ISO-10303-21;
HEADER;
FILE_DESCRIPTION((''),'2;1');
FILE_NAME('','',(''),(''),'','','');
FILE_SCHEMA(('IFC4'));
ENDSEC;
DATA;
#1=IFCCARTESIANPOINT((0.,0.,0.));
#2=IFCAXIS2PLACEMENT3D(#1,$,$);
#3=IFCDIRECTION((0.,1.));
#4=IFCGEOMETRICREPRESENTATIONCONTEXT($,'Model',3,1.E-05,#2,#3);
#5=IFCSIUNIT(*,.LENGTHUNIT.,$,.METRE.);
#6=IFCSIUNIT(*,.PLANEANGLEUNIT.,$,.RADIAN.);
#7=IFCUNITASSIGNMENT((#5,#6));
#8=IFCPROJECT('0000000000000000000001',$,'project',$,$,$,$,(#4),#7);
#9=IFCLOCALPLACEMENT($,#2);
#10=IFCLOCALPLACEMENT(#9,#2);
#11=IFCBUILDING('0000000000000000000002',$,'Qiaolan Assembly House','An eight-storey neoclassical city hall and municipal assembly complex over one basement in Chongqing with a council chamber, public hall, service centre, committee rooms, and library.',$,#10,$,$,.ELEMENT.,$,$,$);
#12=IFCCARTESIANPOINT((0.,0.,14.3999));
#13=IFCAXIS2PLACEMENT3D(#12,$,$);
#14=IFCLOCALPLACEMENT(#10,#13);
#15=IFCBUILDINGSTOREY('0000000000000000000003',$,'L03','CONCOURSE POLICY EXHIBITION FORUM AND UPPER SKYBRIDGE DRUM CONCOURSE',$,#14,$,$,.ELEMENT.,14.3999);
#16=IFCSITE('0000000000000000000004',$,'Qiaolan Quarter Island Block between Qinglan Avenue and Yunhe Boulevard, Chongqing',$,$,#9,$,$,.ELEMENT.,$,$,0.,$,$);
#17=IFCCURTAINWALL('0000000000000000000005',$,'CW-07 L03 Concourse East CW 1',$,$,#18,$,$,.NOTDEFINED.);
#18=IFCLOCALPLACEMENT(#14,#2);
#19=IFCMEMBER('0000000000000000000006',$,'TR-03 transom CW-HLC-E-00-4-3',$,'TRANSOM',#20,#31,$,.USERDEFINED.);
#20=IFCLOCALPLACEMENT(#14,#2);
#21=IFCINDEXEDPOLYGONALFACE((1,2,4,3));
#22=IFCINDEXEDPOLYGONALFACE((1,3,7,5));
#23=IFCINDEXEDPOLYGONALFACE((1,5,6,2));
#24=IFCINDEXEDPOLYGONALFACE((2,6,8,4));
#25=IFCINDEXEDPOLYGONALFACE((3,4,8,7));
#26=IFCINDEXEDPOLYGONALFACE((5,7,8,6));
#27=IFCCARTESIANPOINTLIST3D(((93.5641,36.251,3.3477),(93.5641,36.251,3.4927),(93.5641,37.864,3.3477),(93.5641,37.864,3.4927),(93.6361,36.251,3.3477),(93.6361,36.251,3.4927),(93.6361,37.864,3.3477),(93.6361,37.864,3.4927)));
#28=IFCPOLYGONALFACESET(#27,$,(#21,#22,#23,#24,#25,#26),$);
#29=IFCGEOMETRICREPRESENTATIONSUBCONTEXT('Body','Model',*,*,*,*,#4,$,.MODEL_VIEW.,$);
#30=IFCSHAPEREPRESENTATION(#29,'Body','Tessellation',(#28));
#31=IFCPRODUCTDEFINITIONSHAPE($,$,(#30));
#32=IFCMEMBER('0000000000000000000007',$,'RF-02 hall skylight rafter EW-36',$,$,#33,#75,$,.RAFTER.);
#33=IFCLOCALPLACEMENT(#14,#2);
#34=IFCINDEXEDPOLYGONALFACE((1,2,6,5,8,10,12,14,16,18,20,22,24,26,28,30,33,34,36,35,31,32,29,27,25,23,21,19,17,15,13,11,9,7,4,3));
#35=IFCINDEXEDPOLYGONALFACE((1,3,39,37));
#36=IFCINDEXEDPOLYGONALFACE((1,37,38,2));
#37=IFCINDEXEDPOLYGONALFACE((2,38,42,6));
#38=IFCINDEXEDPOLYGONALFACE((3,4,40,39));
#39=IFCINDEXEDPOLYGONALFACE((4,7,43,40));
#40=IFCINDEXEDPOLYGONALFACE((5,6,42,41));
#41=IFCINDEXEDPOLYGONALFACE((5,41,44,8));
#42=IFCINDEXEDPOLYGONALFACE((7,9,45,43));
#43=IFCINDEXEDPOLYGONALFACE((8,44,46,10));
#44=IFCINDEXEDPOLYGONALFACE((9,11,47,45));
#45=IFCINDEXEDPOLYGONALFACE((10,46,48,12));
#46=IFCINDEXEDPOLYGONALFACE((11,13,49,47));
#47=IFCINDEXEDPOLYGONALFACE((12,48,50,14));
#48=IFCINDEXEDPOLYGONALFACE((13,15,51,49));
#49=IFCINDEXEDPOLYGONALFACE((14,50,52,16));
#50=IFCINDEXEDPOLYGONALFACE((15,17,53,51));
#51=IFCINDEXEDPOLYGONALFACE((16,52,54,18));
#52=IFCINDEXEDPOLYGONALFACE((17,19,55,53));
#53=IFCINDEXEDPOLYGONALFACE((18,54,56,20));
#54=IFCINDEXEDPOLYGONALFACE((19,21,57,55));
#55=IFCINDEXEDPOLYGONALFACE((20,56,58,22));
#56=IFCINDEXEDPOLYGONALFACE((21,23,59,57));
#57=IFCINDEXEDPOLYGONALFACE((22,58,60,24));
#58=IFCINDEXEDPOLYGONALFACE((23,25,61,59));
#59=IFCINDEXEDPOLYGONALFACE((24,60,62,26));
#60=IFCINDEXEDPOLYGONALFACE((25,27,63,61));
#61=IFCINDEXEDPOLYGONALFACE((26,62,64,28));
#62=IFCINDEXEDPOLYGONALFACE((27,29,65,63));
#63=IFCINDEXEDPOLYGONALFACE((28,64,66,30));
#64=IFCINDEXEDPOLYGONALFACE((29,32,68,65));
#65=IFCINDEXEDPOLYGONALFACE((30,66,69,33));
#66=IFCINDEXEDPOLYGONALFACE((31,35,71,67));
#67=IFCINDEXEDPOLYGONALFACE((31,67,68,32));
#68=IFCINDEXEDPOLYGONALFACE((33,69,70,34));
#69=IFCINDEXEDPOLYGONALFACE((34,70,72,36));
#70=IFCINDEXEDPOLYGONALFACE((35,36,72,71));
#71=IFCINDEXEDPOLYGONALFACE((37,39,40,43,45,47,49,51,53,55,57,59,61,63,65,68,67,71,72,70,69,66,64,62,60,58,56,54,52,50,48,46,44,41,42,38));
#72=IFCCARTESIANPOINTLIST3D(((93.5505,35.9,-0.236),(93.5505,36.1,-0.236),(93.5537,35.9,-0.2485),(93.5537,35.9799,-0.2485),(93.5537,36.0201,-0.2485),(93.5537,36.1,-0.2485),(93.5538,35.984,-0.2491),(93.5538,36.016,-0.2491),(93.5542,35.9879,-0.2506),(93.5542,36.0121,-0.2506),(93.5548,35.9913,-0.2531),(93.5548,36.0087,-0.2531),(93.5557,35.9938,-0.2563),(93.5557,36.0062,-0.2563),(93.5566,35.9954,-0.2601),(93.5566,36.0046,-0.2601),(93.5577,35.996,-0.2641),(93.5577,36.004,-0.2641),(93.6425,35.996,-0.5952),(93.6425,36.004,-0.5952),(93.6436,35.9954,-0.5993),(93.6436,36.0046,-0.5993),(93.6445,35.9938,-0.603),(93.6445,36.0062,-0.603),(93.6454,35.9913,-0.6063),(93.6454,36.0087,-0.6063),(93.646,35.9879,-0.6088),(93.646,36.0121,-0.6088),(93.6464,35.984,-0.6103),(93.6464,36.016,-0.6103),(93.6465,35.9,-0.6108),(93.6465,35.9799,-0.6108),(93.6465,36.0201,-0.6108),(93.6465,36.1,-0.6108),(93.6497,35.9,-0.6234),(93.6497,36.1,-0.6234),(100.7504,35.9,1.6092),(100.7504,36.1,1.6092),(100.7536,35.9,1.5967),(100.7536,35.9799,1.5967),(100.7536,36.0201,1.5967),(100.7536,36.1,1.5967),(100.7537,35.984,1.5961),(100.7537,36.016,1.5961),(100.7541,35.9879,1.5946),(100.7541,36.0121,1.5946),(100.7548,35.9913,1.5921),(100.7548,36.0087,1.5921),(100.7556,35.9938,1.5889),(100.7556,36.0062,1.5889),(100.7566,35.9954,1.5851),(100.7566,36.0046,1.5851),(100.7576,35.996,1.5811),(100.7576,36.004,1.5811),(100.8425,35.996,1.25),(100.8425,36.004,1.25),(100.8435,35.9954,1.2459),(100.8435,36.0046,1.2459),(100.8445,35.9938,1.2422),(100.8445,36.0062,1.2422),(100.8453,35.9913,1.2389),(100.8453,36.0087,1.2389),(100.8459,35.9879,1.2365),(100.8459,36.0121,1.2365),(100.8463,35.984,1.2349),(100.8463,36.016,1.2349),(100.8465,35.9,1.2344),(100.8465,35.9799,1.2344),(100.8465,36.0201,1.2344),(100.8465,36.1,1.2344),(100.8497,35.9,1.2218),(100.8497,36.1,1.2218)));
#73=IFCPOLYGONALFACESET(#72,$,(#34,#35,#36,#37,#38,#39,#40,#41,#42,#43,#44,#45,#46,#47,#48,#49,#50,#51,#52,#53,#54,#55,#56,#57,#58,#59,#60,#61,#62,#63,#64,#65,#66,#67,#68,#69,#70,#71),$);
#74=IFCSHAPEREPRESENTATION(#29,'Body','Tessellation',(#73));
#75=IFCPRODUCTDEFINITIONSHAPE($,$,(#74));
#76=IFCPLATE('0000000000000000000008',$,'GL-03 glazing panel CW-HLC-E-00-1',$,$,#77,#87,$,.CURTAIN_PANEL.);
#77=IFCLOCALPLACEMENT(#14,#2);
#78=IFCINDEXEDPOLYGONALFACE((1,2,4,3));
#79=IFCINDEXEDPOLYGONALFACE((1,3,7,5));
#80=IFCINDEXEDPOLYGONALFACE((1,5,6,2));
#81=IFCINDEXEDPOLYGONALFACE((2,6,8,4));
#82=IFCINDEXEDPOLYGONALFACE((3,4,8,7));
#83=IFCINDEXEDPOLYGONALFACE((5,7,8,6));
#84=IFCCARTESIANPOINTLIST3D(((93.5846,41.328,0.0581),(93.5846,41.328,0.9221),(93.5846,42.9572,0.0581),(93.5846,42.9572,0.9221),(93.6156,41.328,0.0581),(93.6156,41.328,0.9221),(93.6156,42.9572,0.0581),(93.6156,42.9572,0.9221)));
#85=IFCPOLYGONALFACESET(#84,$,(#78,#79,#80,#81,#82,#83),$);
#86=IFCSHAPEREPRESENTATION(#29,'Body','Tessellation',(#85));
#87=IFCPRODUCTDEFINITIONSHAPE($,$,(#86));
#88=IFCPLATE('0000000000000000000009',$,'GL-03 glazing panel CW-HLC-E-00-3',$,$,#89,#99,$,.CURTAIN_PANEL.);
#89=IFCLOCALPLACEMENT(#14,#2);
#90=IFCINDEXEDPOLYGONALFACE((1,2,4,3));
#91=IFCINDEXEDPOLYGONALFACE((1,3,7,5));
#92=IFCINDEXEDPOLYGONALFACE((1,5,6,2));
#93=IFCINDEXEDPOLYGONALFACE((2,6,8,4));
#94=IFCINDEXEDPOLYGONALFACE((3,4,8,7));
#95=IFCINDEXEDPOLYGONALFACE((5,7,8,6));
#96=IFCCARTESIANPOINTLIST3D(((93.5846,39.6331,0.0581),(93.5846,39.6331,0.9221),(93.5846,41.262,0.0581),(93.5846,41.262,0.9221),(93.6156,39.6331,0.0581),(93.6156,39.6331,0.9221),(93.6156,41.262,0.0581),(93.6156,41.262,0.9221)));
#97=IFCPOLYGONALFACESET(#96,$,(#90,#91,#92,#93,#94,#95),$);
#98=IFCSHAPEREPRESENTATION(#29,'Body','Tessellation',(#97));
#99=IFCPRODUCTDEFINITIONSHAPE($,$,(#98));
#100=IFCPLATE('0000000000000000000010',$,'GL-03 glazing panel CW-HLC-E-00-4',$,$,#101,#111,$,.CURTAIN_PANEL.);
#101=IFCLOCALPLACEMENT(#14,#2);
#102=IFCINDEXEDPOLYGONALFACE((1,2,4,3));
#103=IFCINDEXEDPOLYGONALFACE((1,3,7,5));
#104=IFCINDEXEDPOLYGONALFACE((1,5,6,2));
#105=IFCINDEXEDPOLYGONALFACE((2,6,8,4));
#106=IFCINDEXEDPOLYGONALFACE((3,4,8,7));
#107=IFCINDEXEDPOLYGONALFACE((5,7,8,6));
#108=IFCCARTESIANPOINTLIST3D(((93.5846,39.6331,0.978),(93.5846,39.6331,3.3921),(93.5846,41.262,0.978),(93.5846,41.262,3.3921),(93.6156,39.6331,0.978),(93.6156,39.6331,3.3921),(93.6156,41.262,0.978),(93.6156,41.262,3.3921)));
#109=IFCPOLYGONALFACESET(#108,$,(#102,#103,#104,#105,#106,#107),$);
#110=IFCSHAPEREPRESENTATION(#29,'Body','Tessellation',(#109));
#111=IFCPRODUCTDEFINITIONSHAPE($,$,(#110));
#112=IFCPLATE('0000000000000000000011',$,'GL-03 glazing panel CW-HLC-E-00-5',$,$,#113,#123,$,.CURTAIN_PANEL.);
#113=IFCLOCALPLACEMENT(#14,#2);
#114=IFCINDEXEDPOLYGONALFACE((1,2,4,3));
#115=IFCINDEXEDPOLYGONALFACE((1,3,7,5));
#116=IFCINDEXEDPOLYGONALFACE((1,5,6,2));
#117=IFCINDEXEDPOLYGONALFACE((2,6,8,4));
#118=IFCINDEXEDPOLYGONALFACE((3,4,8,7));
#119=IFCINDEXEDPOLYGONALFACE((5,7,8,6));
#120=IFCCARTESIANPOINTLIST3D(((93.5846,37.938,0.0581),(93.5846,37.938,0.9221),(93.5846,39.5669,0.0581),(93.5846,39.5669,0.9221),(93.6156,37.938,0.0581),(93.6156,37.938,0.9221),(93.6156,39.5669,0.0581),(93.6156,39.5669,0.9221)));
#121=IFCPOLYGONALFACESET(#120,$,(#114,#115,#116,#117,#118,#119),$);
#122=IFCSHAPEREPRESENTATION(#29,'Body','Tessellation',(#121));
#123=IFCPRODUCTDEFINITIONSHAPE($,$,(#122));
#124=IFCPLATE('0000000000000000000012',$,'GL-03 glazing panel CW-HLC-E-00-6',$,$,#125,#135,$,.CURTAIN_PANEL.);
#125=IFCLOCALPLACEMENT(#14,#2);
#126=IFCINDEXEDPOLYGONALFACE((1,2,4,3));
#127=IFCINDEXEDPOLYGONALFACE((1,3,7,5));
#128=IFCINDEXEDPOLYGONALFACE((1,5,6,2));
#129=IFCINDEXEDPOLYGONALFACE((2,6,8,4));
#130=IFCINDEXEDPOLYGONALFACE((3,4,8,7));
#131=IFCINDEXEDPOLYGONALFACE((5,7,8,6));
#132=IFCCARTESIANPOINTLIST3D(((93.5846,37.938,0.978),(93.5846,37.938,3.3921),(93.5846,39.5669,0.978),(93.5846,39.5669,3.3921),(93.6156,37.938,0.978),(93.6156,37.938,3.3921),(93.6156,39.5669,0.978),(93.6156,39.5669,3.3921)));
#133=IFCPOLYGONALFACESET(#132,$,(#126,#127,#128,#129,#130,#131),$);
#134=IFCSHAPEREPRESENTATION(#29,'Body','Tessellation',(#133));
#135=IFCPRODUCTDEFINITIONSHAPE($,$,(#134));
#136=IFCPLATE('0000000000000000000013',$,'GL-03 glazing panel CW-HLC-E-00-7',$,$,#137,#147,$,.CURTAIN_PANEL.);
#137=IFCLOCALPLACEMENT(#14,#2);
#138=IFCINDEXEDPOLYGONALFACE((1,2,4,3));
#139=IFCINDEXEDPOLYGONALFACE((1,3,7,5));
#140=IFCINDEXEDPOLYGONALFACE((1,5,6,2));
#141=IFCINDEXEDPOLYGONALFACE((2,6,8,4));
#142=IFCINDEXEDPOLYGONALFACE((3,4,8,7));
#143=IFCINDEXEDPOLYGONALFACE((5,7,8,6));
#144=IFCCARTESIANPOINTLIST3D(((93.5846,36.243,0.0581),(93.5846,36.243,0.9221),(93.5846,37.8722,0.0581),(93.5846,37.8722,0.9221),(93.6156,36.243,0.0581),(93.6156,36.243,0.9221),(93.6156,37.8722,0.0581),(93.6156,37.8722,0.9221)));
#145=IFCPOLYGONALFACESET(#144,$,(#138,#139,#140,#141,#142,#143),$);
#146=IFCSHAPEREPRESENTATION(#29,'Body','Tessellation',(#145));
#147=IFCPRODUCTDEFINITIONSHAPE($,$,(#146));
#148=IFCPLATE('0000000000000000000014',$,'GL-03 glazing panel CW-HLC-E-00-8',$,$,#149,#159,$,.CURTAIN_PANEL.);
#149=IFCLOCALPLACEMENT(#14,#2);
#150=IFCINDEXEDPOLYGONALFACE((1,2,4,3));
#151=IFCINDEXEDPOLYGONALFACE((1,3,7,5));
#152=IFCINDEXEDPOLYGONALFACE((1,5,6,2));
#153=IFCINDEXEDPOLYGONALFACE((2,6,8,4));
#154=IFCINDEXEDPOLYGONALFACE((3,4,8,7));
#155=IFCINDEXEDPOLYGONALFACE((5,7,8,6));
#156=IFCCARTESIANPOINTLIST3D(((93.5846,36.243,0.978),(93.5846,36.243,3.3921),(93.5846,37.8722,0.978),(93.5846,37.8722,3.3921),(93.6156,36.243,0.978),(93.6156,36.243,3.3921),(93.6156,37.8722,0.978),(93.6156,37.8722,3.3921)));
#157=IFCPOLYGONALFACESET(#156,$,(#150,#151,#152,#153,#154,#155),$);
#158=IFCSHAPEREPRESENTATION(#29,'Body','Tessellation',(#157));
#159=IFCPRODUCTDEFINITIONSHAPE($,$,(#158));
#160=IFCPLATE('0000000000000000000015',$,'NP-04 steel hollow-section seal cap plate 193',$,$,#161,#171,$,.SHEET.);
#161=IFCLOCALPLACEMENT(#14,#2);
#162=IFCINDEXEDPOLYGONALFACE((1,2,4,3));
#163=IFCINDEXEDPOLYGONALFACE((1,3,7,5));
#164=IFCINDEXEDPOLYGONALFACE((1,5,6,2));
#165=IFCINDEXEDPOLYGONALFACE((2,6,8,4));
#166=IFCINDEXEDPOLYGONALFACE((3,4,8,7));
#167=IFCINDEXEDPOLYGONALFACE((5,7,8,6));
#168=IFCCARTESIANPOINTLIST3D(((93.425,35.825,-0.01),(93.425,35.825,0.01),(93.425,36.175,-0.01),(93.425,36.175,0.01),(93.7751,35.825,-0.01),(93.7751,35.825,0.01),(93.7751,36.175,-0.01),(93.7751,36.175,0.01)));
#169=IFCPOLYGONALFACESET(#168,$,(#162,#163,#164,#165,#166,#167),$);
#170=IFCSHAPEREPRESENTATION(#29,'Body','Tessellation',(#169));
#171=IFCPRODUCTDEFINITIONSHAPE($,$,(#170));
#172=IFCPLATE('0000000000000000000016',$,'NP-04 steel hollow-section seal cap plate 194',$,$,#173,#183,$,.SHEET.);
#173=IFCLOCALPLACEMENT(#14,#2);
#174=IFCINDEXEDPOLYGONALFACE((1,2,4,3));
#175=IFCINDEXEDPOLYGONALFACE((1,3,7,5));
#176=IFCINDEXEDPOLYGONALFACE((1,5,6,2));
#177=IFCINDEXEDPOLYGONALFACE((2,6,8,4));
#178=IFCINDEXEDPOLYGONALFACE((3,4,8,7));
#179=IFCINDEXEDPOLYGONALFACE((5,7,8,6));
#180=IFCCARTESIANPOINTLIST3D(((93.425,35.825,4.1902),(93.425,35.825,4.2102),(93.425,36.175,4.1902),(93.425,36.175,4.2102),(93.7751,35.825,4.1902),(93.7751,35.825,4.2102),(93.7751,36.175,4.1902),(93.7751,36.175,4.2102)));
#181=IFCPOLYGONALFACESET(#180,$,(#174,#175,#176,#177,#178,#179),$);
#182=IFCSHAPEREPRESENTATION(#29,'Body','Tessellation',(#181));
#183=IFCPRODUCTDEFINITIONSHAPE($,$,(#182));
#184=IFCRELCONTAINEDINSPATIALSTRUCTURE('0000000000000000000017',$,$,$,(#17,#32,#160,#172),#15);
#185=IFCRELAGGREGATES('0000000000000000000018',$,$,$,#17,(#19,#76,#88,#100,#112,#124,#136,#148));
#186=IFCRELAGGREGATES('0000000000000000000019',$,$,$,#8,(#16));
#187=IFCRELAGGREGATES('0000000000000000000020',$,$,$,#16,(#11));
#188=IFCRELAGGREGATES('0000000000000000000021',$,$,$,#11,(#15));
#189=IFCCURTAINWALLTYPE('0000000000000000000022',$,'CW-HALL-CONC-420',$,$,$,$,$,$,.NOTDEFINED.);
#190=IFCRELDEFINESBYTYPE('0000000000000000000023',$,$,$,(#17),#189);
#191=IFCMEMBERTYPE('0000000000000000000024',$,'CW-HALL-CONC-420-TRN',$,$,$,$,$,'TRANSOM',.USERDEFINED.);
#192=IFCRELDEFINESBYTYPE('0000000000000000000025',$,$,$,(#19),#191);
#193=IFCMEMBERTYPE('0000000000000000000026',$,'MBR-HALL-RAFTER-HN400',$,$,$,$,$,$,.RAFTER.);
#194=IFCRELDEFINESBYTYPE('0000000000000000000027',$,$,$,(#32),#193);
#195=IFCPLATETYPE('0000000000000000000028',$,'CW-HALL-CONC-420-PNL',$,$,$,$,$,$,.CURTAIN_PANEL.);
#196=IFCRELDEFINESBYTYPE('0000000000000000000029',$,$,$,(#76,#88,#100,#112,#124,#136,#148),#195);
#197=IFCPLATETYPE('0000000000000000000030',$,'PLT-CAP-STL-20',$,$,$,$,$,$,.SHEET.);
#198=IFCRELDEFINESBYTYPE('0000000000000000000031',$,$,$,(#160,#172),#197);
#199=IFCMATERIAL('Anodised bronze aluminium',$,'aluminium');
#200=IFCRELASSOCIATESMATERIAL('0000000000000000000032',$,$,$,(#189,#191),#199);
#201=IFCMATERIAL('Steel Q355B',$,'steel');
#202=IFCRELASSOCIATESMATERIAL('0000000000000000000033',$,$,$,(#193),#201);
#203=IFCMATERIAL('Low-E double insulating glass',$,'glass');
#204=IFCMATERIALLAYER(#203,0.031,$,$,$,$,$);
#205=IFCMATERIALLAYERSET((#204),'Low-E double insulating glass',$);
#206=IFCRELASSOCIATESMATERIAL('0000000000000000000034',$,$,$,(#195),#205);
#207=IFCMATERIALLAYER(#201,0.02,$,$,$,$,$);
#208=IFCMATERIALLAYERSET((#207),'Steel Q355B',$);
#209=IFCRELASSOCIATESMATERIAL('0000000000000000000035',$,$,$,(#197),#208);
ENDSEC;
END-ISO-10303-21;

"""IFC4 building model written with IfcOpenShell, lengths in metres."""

from ifc_helpers import new_model, si_unit, direction, frame, frame_2d, origin, origin_2d, place, context, subcontext, project, spatial, rectangle, i_section, extrude, material, layer, layer_set, material_profile, profile_set, type_object, element, aggregate, save


model = new_model("IFC4")

# Units and contexts
model_context = context("Model", 3, precision=1e-05, world=origin(), true_north=direction((0.0, 1.0)))
body_context = subcontext(model_context, "Body", "Model", "MODEL_VIEW")
ifc_project = project(units=[si_unit("LENGTHUNIT", "METRE"), si_unit("PLANEANGLEUNIT", "RADIAN")], contexts=[model_context])

# Site, building, storey
site_placement = place(None, origin())
site = spatial("IfcSite", under=ifc_project, at=site_placement, Name="Qiaolan Quarter Island Block between Qinglan Avenue and Yunhe Boulevard, Chongqing", CompositionType="ELEMENT", RefElevation=0.0)
building_placement = place(site_placement, origin())
building = spatial("IfcBuilding", under=site, at=building_placement, Name="Qiaolan Assembly House", Description="An eight-storey neoclassical city hall and municipal assembly complex over one basement in Chongqing with a council chamber, public hall, service centre, committee rooms, and library.", CompositionType="ELEMENT")
storey_placement = place(building_placement, frame((0.0, 0.0, 14.3999)))
storey = spatial("IfcBuildingStorey", under=building, at=storey_placement, Name="L03", Description="CONCOURSE POLICY EXHIBITION FORUM AND UPPER SKYBRIDGE DRUM CONCOURSE", CompositionType="ELEMENT", Elevation=14.3999)

# Shared definitions
ifc_material_1 = material(Name="Steel Q355B", Category="steel")

# Shared definitions
ifc_material_2 = material(Name="Anodised bronze aluminium", Category="aluminium")
curtain_wall_type = type_object("IfcCurtainWallType", Name="CW-HALL-CONC-420", PredefinedType="NOTDEFINED", material=ifc_material_2)

# Curtain wall
curtain_wall_1_placement = place(storey_placement, origin())
curtain_wall_1 = element("IfcCurtainWall", 1, at=curtain_wall_1_placement, inside=storey, type_object=curtain_wall_type, Name="CW-07 L03 Concourse East CW 1", PredefinedType="NOTDEFINED")

# Members
ifc_material_profile_1 = material_profile(ifc_material_2, rectangle(XDim=0.072, YDim=0.145, at=origin_2d()), Name="TRN 72x145")
ifc_profile_set_1 = profile_set([ifc_material_profile_1], Name="Anodised bronze aluminium")
member_type_1 = type_object("IfcMemberType", Name="CW-HALL-CONC-420-TRN", ElementType="TRANSOM", PredefinedType="USERDEFINED", material=ifc_profile_set_1)
member_1_placement = place(storey_placement, frame((93.6001, 37.864, 3.4202), z_axis=(0.0, -1.0, 0.0), x_axis=(1.0, 0.0, 0.0)))
member_1 = element("IfcMember", 2, at=member_1_placement, type_object=member_type_1, Name="TR-03 transom CW-HLC-E-00-4-3", ObjectType="TRANSOM", PredefinedType="USERDEFINED", context=body_context, shape_type="SweptSolid", body=[
    extrude(rectangle(XDim=0.072, YDim=0.145, at=origin_2d()), origin(), (0.0, 0.0, 1.0), 1.613),
])
ifc_material_profile_2 = material_profile(ifc_material_1, i_section(OverallWidth=0.2, OverallDepth=0.3999, WebThickness=0.0081, FlangeThickness=0.0129, FilletRadius=0.0161, at=origin_2d()), Name="HN 400x200x8x13-RF")
ifc_profile_set_2 = profile_set([ifc_material_profile_2], Name="Steel Q355B")
member_type_2 = type_object("IfcMemberType", Name="MBR-HALL-RAFTER-HN400", PredefinedType="RAFTER", material=ifc_profile_set_2)
member_2_placement = place(storey_placement, frame((93.6001, 36.0, -0.4297), z_axis=(0.968694, 0.0, 0.248258), x_axis=(0.0, 1.0, 0.0)))
element("IfcMember", 3, at=member_2_placement, inside=storey, type_object=member_type_2, Name="RF-02 hall skylight rafter EW-36", PredefinedType="RAFTER", context=body_context, shape_type="SweptSolid", body=[
    extrude(i_section(OverallWidth=0.2, OverallDepth=0.3999, WebThickness=0.0081, FlangeThickness=0.0129, FilletRadius=0.0161, at=origin_2d()), origin(), (0.0, 0.0, 1.0), 7.4326),
])

# Plates
ifc_material_3 = material(Name="Low-E double insulating glass", Category="glass")
ifc_layer_1 = layer(ifc_material_3, 0.031)
ifc_layer_set_1 = layer_set([ifc_layer_1], Name="Low-E double insulating glass")
plate_type_1 = type_object("IfcPlateType", Name="CW-HALL-CONC-420-PNL", PredefinedType="CURTAIN_PANEL", material=ifc_layer_set_1)
plate_1_placement = place(storey_placement, frame((93.6001, 42.957, 0.0581), z_axis=(0.0, 0.0, 1.0), x_axis=(0.0, -1.0, 0.0)))
plate_1 = element("IfcPlate", 4, at=plate_1_placement, type_object=plate_type_1, Name="GL-03 glazing panel CW-HLC-E-00-1", PredefinedType="CURTAIN_PANEL", context=body_context, shape_type="SweptSolid", body=[
    extrude(rectangle(XDim=1.6292, YDim=0.031, at=frame_2d((0.8145, 0.0))), origin(), (0.0, 0.0, 1.0), 0.864),
])
plate_2_placement = place(storey_placement, frame((93.6001, 41.262, 0.0581), z_axis=(0.0, 0.0, 1.0), x_axis=(0.0, -1.0, 0.0)))
plate_2 = element("IfcPlate", 5, at=plate_2_placement, type_object=plate_type_1, Name="GL-03 glazing panel CW-HLC-E-00-3", PredefinedType="CURTAIN_PANEL", context=body_context, shape_type="SweptSolid", body=[
    extrude(rectangle(XDim=1.6289, YDim=0.031, at=frame_2d((0.8145, 0.0))), origin(), (0.0, 0.0, 1.0), 0.864),
])
plate_3_placement = place(storey_placement, frame((93.6001, 41.262, 0.978), z_axis=(0.0, 0.0, 1.0), x_axis=(0.0, -1.0, 0.0)))
plate_3 = element("IfcPlate", 6, at=plate_3_placement, type_object=plate_type_1, Name="GL-03 glazing panel CW-HLC-E-00-4", PredefinedType="CURTAIN_PANEL", context=body_context, shape_type="SweptSolid", body=[
    extrude(rectangle(XDim=1.6289, YDim=0.031, at=frame_2d((0.8145, 0.0))), origin(), (0.0, 0.0, 1.0), 2.4141),
])
plate_4_placement = place(storey_placement, frame((93.6001, 39.5669, 0.0581), z_axis=(0.0, 0.0, 1.0), x_axis=(0.0, -1.0, 0.0)))
plate_4 = element("IfcPlate", 7, at=plate_4_placement, type_object=plate_type_1, Name="GL-03 glazing panel CW-HLC-E-00-5", PredefinedType="CURTAIN_PANEL", context=body_context, shape_type="SweptSolid", body=[
    extrude(rectangle(XDim=1.6289, YDim=0.031, at=frame_2d((0.8145, 0.0))), origin(), (0.0, 0.0, 1.0), 0.864),
])
plate_5_placement = place(storey_placement, frame((93.6001, 39.5669, 0.978), z_axis=(0.0, 0.0, 1.0), x_axis=(0.0, -1.0, 0.0)))
plate_5 = element("IfcPlate", 8, at=plate_5_placement, type_object=plate_type_1, Name="GL-03 glazing panel CW-HLC-E-00-6", PredefinedType="CURTAIN_PANEL", context=body_context, shape_type="SweptSolid", body=[
    extrude(rectangle(XDim=1.6289, YDim=0.031, at=frame_2d((0.8145, 0.0))), origin(), (0.0, 0.0, 1.0), 2.4141),
])
plate_6_placement = place(storey_placement, frame((93.6001, 37.8721, 0.0581), z_axis=(0.0, 0.0, 1.0), x_axis=(0.0, -1.0, 0.0)))
plate_6 = element("IfcPlate", 9, at=plate_6_placement, type_object=plate_type_1, Name="GL-03 glazing panel CW-HLC-E-00-7", PredefinedType="CURTAIN_PANEL", context=body_context, shape_type="SweptSolid", body=[
    extrude(rectangle(XDim=1.6292, YDim=0.031, at=frame_2d((0.8145, 0.0))), origin(), (0.0, 0.0, 1.0), 0.864),
])
plate_7_placement = place(storey_placement, frame((93.6001, 37.8721, 0.978), z_axis=(0.0, 0.0, 1.0), x_axis=(0.0, -1.0, 0.0)))
plate_7 = element("IfcPlate", 10, at=plate_7_placement, type_object=plate_type_1, Name="GL-03 glazing panel CW-HLC-E-00-8", PredefinedType="CURTAIN_PANEL", context=body_context, shape_type="SweptSolid", body=[
    extrude(rectangle(XDim=1.6292, YDim=0.031, at=frame_2d((0.8145, 0.0))), origin(), (0.0, 0.0, 1.0), 2.4141),
])
aggregate(curtain_wall_1, [member_1, plate_1, plate_2, plate_3, plate_4, plate_5, plate_6, plate_7])

# Plates
ifc_layer_2 = layer(ifc_material_1, 0.02)
ifc_layer_set_2 = layer_set([ifc_layer_2], Name="Steel Q355B")
plate_type_2 = type_object("IfcPlateType", Name="PLT-CAP-STL-20", PredefinedType="SHEET", material=ifc_layer_set_2)
for number, where, z_axis, x_axis, name in (
    (11, (93.6001, 36.0, -0.01), (0.0, 0.0, 1.0), (1.0, 0.0, 0.0), "NP-04 steel hollow-section seal cap plate 193"),
    (12, (93.6001, 36.0, 4.1902), (0.0, 0.0, 1.0), (1.0, 0.0, 0.0), "NP-04 steel hollow-section seal cap plate 194"),
):
    element("IfcPlate", number, at=place(storey_placement, frame(where, z_axis=z_axis, x_axis=x_axis)), inside=storey, type_object=plate_type_2, Name=name, PredefinedType="SHEET", context=body_context, shape_type="SweptSolid", body=[
        extrude(rectangle(XDim=0.3501, YDim=0.3501, at=origin_2d()), origin(), (0.0, 0.0, 1.0), 0.02),
    ])

save(model, "model.ifc")
